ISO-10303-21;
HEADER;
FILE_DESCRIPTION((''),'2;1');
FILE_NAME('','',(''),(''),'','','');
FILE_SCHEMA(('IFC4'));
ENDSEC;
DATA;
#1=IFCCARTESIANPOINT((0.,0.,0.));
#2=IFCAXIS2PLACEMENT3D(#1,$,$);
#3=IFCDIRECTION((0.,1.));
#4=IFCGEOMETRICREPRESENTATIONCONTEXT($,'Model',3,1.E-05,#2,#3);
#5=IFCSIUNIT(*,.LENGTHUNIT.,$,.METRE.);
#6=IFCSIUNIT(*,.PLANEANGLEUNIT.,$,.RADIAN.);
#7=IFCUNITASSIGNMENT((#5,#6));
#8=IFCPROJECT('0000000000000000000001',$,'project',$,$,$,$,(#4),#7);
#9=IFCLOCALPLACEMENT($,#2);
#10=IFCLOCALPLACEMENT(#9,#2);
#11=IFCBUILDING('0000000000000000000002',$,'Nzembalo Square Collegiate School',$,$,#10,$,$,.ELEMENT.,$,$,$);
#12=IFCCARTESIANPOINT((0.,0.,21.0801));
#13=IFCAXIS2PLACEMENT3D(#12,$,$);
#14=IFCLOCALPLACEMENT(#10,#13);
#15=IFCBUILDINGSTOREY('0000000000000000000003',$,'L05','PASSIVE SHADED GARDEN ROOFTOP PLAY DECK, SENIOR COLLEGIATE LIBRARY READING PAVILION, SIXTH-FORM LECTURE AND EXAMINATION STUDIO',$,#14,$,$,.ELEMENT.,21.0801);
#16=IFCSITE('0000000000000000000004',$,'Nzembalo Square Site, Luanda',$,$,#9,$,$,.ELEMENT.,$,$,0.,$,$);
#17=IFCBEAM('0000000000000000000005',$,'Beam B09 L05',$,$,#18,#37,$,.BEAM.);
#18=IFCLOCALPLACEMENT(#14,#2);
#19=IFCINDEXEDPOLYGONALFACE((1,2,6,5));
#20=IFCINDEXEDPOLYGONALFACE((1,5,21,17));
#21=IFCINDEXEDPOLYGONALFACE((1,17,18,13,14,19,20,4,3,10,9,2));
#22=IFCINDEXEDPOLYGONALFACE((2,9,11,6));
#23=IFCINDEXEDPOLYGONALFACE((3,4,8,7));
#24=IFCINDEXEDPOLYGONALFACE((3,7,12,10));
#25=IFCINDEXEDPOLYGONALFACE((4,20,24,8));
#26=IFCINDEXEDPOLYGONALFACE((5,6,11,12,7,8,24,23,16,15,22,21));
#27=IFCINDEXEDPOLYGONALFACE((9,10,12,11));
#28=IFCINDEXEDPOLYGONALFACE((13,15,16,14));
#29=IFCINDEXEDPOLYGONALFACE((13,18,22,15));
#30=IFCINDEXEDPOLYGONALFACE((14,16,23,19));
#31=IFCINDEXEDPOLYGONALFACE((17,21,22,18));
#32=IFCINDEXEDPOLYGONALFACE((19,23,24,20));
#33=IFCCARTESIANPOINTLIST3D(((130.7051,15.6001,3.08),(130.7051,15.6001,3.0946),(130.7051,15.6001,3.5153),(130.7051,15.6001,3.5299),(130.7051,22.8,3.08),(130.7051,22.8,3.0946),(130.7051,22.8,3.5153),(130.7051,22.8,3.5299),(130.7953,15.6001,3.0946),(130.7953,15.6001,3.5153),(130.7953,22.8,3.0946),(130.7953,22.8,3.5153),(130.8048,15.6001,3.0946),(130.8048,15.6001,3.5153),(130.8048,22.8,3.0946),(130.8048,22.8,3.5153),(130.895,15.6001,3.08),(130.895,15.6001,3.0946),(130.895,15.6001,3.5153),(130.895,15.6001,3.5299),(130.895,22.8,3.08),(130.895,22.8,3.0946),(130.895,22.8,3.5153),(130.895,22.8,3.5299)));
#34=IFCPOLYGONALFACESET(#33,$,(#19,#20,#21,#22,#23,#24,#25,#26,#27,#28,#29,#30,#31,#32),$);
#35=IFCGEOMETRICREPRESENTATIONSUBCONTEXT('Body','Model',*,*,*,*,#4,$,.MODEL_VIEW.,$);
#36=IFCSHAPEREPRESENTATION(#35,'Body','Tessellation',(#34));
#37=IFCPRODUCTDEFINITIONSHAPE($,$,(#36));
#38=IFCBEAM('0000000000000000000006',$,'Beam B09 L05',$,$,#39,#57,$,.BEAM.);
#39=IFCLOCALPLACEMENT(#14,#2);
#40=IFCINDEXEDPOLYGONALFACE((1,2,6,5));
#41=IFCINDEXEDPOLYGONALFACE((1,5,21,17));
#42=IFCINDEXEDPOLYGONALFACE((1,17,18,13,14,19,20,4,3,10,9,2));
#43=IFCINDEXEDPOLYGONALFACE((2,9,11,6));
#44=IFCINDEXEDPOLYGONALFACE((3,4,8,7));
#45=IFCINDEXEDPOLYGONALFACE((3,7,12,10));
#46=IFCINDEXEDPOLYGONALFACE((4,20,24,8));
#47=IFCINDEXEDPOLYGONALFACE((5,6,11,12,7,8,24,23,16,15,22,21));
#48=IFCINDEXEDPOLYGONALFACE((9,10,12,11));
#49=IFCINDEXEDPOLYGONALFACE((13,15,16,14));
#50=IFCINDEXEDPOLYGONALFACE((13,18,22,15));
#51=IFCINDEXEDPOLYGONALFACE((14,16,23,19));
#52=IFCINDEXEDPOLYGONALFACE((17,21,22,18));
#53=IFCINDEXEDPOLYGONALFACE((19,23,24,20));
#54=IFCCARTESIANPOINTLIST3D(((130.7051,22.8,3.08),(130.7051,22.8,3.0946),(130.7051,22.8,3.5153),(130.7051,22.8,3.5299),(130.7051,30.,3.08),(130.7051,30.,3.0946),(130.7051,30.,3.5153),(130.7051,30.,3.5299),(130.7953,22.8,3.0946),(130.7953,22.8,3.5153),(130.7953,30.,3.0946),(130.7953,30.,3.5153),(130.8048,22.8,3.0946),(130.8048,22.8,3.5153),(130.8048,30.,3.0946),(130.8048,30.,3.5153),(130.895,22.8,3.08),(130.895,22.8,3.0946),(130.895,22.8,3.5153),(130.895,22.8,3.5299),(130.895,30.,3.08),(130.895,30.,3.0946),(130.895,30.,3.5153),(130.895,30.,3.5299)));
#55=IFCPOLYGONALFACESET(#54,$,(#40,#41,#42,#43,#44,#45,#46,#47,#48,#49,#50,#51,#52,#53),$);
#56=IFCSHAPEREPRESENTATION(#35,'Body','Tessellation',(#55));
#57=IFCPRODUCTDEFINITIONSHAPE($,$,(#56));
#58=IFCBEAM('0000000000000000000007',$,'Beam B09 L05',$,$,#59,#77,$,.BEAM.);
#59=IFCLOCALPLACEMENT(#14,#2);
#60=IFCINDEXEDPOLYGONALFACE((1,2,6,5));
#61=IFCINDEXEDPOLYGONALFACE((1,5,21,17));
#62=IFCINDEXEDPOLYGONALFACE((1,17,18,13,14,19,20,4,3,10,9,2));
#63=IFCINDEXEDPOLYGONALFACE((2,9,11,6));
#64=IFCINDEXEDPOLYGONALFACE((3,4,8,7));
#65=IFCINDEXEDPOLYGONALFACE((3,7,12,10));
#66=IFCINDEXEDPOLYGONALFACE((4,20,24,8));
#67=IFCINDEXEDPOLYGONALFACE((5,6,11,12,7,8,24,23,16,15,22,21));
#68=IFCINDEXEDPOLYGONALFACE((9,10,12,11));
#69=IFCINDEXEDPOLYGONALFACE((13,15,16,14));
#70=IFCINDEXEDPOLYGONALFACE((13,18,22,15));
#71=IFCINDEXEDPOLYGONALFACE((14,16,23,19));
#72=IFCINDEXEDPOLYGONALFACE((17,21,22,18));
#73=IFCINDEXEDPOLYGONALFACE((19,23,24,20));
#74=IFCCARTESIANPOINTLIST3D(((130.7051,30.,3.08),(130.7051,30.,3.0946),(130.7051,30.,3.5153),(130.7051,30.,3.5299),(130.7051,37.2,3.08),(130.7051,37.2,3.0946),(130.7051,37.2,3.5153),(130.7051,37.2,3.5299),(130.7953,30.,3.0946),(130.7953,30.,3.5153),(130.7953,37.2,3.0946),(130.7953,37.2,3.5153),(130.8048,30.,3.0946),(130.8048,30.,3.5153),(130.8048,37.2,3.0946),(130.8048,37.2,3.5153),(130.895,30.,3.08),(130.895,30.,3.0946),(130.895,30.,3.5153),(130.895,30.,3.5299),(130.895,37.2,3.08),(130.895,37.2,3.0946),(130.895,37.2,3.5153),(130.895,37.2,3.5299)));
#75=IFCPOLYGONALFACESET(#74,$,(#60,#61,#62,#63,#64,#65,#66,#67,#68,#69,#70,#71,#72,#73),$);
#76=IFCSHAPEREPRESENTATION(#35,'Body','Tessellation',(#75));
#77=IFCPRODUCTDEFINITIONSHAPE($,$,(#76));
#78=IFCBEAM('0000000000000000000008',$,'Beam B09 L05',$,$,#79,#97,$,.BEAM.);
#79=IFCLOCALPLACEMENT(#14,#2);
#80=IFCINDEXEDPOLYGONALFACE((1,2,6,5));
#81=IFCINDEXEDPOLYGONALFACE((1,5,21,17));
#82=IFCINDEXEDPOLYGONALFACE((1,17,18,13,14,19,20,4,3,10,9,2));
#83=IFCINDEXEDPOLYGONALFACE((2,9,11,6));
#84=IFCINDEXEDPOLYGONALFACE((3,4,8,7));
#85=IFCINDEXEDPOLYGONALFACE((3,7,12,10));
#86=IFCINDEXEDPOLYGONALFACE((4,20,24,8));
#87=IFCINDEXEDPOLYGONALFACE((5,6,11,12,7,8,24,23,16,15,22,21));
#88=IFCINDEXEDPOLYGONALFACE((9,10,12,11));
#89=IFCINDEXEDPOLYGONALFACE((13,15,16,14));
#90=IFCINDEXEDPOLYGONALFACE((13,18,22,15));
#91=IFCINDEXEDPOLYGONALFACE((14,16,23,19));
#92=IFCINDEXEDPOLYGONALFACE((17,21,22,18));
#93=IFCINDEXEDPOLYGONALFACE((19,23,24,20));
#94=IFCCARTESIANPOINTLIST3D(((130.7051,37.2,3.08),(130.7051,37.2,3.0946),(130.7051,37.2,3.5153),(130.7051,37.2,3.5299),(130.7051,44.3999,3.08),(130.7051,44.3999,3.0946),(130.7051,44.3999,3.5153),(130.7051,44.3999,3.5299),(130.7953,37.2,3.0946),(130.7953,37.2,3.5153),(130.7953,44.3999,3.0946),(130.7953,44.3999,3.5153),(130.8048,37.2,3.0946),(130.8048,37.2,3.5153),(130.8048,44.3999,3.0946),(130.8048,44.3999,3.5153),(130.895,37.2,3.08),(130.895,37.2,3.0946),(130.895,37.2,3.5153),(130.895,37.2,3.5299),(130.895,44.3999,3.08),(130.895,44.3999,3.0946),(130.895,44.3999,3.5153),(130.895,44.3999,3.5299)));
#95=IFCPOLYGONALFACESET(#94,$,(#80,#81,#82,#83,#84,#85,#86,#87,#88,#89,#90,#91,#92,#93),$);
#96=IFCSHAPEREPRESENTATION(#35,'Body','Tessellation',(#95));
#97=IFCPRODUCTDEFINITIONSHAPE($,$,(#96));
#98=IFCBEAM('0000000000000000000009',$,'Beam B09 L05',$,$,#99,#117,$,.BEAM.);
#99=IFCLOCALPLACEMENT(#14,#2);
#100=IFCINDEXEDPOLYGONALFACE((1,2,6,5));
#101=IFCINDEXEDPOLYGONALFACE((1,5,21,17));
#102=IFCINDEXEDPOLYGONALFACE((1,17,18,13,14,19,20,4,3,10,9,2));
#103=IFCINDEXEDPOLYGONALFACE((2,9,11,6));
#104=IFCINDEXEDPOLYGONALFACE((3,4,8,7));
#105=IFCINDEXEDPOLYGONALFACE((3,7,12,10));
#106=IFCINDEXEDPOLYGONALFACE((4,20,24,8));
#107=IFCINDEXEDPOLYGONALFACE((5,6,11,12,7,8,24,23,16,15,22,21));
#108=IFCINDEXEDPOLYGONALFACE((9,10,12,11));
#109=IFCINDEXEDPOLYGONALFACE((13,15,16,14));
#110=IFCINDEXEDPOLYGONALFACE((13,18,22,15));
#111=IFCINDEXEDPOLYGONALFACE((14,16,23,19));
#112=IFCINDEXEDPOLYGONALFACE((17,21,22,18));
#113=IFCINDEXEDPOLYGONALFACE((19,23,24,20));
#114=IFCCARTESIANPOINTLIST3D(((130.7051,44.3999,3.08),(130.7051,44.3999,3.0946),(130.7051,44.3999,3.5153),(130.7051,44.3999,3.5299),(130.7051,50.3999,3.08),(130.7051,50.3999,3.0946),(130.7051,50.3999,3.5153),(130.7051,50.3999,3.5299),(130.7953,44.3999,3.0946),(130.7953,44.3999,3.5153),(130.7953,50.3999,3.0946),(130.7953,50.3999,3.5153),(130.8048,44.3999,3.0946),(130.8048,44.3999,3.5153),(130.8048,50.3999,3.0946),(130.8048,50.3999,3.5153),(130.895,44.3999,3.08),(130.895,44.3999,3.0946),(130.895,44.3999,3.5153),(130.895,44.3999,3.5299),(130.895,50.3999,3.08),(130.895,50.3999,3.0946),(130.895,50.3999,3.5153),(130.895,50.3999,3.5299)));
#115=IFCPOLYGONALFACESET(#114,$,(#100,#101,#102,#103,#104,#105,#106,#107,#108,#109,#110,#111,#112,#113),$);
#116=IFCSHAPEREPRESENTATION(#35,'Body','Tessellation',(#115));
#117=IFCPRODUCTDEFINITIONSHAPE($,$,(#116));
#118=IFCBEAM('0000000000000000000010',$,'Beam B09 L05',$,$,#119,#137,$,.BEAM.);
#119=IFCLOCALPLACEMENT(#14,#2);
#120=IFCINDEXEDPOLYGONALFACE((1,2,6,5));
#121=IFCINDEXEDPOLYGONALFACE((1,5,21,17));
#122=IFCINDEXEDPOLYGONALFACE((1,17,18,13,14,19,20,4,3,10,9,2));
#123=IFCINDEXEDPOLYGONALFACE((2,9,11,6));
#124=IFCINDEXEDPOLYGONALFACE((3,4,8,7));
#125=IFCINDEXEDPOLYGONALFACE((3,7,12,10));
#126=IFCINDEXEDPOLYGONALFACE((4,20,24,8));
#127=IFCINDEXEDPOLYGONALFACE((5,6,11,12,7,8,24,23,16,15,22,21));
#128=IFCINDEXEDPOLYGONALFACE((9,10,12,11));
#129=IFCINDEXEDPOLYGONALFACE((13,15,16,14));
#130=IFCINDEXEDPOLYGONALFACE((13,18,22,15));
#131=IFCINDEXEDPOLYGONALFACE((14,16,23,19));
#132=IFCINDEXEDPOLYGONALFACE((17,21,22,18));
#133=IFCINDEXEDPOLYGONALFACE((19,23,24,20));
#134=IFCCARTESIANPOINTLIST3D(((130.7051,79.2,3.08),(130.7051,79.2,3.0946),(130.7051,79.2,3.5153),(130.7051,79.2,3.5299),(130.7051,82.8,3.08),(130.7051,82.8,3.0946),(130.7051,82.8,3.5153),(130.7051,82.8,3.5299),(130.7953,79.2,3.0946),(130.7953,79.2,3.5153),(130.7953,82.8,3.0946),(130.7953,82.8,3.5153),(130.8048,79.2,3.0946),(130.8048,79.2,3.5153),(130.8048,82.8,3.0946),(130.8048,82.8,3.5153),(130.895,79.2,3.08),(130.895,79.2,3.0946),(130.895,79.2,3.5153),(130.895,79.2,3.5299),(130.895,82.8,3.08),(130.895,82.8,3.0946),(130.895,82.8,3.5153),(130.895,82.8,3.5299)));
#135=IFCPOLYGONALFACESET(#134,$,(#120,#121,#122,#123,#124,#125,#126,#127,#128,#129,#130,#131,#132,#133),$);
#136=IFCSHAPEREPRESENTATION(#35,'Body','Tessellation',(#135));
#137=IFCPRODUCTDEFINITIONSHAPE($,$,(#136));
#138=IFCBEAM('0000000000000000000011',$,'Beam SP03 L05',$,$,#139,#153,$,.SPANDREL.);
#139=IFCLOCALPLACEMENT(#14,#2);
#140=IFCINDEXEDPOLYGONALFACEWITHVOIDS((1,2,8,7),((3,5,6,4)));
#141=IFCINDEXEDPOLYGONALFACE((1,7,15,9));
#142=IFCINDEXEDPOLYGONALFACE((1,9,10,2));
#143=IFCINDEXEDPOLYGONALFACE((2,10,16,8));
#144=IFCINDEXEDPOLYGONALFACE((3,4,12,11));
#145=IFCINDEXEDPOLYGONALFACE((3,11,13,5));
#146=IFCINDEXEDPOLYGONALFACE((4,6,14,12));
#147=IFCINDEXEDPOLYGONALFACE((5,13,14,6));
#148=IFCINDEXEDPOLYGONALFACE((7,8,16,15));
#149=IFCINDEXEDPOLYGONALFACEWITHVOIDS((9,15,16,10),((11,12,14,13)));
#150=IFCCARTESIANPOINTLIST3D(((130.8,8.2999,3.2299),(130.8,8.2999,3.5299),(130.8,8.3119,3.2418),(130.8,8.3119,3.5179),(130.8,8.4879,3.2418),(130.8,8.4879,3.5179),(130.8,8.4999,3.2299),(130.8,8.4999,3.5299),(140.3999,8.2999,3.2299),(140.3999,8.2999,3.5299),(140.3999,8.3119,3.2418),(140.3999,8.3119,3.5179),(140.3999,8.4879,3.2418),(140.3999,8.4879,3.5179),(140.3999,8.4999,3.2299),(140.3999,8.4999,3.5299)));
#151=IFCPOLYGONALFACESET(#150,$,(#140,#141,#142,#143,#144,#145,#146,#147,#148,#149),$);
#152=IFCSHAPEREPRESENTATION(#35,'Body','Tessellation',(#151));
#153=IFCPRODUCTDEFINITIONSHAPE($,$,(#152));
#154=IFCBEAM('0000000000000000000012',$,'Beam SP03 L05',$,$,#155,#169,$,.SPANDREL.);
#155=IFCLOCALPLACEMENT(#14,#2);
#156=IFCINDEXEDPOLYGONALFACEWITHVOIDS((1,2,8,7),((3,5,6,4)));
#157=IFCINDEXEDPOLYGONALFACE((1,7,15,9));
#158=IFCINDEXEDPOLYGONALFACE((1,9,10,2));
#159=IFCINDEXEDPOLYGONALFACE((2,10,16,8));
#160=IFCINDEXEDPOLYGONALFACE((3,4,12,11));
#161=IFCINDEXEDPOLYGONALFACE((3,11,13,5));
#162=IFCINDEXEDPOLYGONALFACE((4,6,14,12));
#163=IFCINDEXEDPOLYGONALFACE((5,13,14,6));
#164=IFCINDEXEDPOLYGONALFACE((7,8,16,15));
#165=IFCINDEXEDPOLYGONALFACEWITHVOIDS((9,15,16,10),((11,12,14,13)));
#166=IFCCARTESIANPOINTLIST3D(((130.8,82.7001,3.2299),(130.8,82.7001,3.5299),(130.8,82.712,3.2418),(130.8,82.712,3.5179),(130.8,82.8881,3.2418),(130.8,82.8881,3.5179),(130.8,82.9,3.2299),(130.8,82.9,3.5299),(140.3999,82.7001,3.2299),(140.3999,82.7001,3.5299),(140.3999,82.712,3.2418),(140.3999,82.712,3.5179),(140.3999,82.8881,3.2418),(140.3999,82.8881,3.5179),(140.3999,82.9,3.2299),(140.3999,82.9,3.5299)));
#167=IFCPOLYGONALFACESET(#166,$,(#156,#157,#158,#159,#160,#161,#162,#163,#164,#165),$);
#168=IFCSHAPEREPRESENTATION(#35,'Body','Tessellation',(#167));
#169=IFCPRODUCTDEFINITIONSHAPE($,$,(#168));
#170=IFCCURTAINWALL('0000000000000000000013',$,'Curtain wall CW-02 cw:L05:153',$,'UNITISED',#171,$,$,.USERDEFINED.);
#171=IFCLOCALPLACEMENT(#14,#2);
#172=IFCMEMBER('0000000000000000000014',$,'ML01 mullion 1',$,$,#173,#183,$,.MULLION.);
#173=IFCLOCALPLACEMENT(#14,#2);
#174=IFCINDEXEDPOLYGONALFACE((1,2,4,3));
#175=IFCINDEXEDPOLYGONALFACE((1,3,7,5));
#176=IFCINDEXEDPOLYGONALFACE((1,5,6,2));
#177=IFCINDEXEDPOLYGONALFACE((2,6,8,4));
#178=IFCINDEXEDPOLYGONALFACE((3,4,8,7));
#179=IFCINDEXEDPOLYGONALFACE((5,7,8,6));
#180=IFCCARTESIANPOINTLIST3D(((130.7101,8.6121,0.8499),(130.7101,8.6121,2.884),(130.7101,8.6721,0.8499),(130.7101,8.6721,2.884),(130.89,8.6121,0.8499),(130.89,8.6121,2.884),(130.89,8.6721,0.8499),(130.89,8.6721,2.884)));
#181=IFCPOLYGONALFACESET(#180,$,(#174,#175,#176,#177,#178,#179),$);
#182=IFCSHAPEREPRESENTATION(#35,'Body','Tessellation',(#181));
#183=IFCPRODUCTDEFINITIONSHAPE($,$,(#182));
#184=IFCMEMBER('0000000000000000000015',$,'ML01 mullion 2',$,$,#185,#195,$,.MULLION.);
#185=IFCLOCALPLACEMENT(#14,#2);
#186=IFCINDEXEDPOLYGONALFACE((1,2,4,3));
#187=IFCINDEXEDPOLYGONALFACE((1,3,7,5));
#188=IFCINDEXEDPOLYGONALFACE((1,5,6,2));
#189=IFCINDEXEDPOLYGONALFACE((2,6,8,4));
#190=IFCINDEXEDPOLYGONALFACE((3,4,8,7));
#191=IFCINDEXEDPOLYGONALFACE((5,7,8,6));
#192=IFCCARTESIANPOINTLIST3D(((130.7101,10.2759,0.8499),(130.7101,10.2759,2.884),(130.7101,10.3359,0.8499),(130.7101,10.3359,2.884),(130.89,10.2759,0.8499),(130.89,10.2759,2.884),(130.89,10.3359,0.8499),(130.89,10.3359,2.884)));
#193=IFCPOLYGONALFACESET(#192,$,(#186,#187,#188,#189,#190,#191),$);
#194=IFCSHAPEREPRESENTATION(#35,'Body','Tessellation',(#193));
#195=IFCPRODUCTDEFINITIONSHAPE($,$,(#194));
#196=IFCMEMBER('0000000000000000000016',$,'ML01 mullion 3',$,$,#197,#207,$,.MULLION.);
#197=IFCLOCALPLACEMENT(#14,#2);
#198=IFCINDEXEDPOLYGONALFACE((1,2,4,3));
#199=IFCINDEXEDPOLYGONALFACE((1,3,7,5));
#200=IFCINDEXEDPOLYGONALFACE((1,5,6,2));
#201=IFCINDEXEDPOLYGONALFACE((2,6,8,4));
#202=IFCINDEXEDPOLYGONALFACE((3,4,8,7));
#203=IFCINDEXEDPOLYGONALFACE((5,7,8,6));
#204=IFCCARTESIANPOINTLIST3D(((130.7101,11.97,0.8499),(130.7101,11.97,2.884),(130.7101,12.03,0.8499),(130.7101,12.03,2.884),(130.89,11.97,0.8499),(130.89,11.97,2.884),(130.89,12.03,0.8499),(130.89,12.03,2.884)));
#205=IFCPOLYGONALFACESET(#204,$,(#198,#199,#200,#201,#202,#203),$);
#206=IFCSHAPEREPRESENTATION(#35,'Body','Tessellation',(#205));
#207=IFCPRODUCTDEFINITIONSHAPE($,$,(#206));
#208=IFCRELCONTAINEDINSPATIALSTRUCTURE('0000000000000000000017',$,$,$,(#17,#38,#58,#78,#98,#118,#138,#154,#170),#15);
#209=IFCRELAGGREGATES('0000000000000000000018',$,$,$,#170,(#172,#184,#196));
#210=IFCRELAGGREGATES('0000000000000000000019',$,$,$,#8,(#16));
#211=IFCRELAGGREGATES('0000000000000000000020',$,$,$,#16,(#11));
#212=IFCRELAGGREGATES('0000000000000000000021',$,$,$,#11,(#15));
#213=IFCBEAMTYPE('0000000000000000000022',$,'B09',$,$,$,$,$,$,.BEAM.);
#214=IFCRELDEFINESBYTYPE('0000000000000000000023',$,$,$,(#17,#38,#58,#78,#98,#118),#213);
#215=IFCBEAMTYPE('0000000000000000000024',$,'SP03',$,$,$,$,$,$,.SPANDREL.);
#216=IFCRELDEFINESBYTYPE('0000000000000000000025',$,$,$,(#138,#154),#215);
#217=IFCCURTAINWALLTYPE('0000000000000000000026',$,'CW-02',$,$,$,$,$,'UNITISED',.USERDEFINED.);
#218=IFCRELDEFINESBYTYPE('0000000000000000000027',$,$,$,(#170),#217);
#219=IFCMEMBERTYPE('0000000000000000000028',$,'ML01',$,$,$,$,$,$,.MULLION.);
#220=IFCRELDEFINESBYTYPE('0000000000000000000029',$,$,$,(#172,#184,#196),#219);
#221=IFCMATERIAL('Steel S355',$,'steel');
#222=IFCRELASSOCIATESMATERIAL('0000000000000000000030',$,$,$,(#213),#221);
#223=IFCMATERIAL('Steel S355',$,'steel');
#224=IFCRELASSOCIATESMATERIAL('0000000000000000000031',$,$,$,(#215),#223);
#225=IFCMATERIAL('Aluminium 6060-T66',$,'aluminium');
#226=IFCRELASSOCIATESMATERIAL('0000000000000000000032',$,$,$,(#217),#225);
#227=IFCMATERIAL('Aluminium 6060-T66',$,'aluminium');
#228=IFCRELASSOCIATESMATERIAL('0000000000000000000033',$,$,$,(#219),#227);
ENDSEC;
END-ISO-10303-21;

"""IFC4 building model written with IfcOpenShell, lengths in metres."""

from ifc_helpers import new_model, si_unit, direction, frame, origin, origin_2d, place, context, subcontext, project, spatial, rectangle, hollow_rectangle, i_section, extrude, material, material_profile, profile_set, type_object, element, aggregate, save


model = new_model("IFC4")

# Units and contexts
model_context = context("Model", 3, precision=1e-05, world=origin(), true_north=direction((0.0, 1.0)))
body_context = subcontext(model_context, "Body", "Model", "MODEL_VIEW")
ifc_project = project(units=[si_unit("LENGTHUNIT", "METRE"), si_unit("PLANEANGLEUNIT", "RADIAN")], contexts=[model_context])

# Site, building, storey
site_placement = place(None, origin())
site = spatial("IfcSite", under=ifc_project, at=site_placement, Name="Nzembalo Square Site, Luanda", CompositionType="ELEMENT", RefElevation=0.0)
building_placement = place(site_placement, origin())
building = spatial("IfcBuilding", under=site, at=building_placement, Name="Nzembalo Square Collegiate School", CompositionType="ELEMENT")
storey_placement = place(building_placement, frame((0.0, 0.0, 21.0801)))
storey = spatial("IfcBuildingStorey", under=building, at=storey_placement, Name="L05", Description="PASSIVE SHADED GARDEN ROOFTOP PLAY DECK, SENIOR COLLEGIATE LIBRARY READING PAVILION, SIXTH-FORM LECTURE AND EXAMINATION STUDIO", CompositionType="ELEMENT", Elevation=21.0801)

# Beams
ifc_material_1 = material(Name="Steel S355", Category="steel")
ifc_material_profile_1 = material_profile(ifc_material_1, i_section(OverallWidth=0.1899, OverallDepth=0.45, WebThickness=0.0095, FlangeThickness=0.0146, at=origin_2d()), Name="IPE 450")
ifc_profile_set_1 = profile_set([ifc_material_profile_1], Name="Steel S355")
beam_type_1 = type_object("IfcBeamType", Name="B09", PredefinedType="BEAM", material=ifc_profile_set_1)
for number, where, z_axis, x_axis, name in (
    (1, (130.8, 15.6001, 3.3049), (0.0, 1.0, 0.0), (-1.0, 0.0, 0.0), "Beam B09 L05"),
    (2, (130.8, 22.8, 3.3049), (0.0, 1.0, 0.0), (-1.0, 0.0, 0.0), "Beam B09 L05"),
    (3, (130.8, 30.0, 3.3049), (0.0, 1.0, 0.0), (-1.0, 0.0, 0.0), "Beam B09 L05"),
    (4, (130.8, 37.2, 3.3049), (0.0, 1.0, 0.0), (-1.0, 0.0, 0.0), "Beam B09 L05"),
):
    element("IfcBeam", number, at=place(storey_placement, frame(where, z_axis=z_axis, x_axis=x_axis)), inside=storey, type_object=beam_type_1, Name=name, PredefinedType="BEAM", context=body_context, shape_type="SweptSolid", body=[
        extrude(i_section(OverallWidth=0.1899, OverallDepth=0.45, WebThickness=0.0095, FlangeThickness=0.0146, at=origin_2d()), origin(), (0.0, 0.0, 1.0), 7.2),
    ])
beam_1_placement = place(storey_placement, frame((130.8, 44.3999, 3.3049), z_axis=(0.0, 1.0, 0.0), x_axis=(-1.0, 0.0, 0.0)))
element("IfcBeam", 5, at=beam_1_placement, inside=storey, type_object=beam_type_1, Name="Beam B09 L05", PredefinedType="BEAM", context=body_context, shape_type="SweptSolid", body=[
    extrude(i_section(OverallWidth=0.1899, OverallDepth=0.45, WebThickness=0.0095, FlangeThickness=0.0146, at=origin_2d()), origin(), (0.0, 0.0, 1.0), 6.0),
])
beam_2_placement = place(storey_placement, frame((130.8, 79.2, 3.3049), z_axis=(0.0, 1.0, 0.0), x_axis=(-1.0, 0.0, 0.0)))
element("IfcBeam", 6, at=beam_2_placement, inside=storey, type_object=beam_type_1, Name="Beam B09 L05", PredefinedType="BEAM", context=body_context, shape_type="SweptSolid", body=[
    extrude(i_section(OverallWidth=0.1899, OverallDepth=0.45, WebThickness=0.0095, FlangeThickness=0.0146, at=origin_2d()), origin(), (0.0, 0.0, 1.0), 3.6001),
])
ifc_material_2 = material(Name="Steel S355", Category="steel")
ifc_material_profile_2 = material_profile(ifc_material_2, hollow_rectangle(XDim=0.2, YDim=0.3, WallThickness=0.012, at=origin_2d()), Name="RHS 300x200x12")
ifc_profile_set_2 = profile_set([ifc_material_profile_2], Name="Steel S355")
beam_type_2 = type_object("IfcBeamType", Name="SP03", PredefinedType="SPANDREL", material=ifc_profile_set_2)
for number, where, z_axis, x_axis, name in (
    (7, (130.8, 8.3999, 3.3799), (1.0, 0.0, 0.0), (0.0, 1.0, 0.0), "Beam SP03 L05"),
    (8, (130.8, 82.8, 3.3799), (1.0, 0.0, 0.0), (0.0, 1.0, 0.0), "Beam SP03 L05"),
):
    element("IfcBeam", number, at=place(storey_placement, frame(where, z_axis=z_axis, x_axis=x_axis)), inside=storey, type_object=beam_type_2, Name=name, PredefinedType="SPANDREL", context=body_context, shape_type="SweptSolid", body=[
        extrude(hollow_rectangle(XDim=0.2, YDim=0.3, WallThickness=0.012, at=origin_2d()), origin(), (0.0, 0.0, 1.0), 9.5999),
    ])

# Curtain wall, members
ifc_material_3 = material(Name="Aluminium 6060-T66", Category="aluminium")
curtain_wall_type = type_object("IfcCurtainWallType", Name="CW-02", ElementType="UNITISED", PredefinedType="USERDEFINED", material=ifc_material_3)
curtain_wall_placement = place(storey_placement, origin())
curtain_wall = element("IfcCurtainWall", 9, at=curtain_wall_placement, inside=storey, type_object=curtain_wall_type, Name="Curtain wall CW-02 cw:L05:153", ObjectType="UNITISED", PredefinedType="USERDEFINED")
ifc_material_4 = material(Name="Aluminium 6060-T66", Category="aluminium")
ifc_material_profile_3 = material_profile(ifc_material_4, rectangle(XDim=0.0601, YDim=0.1799, at=origin_2d()), Name="ALU M60x180")
ifc_profile_set_3 = profile_set([ifc_material_profile_3], Name="Aluminium 6060-T66")
member_type = type_object("IfcMemberType", Name="ML01", PredefinedType="MULLION", material=ifc_profile_set_3)
member_1_placement = place(storey_placement, frame((130.8, 8.6421, 0.8499), z_axis=(0.0, 0.0, 1.0), x_axis=(0.0, 1.0, 0.0)))
member_1 = element("IfcMember", 10, at=member_1_placement, type_object=member_type, Name="ML01 mullion 1", PredefinedType="MULLION", context=body_context, shape_type="SweptSolid", body=[
    extrude(rectangle(XDim=0.0601, YDim=0.1799, at=origin_2d()), origin(), (0.0, 0.0, 1.0), 2.0342),
])
member_2_placement = place(storey_placement, frame((130.8, 10.3059, 0.8499), z_axis=(0.0, 0.0, 1.0), x_axis=(0.0, 1.0, 0.0)))
member_2 = element("IfcMember", 11, at=member_2_placement, type_object=member_type, Name="ML01 mullion 2", PredefinedType="MULLION", context=body_context, shape_type="SweptSolid", body=[
    extrude(rectangle(XDim=0.0601, YDim=0.1799, at=origin_2d()), origin(), (0.0, 0.0, 1.0), 2.0342),
])
member_3_placement = place(storey_placement, frame((130.8, 12.0, 0.8499), z_axis=(0.0, 0.0, 1.0), x_axis=(0.0, 1.0, 0.0)))
member_3 = element("IfcMember", 12, at=member_3_placement, type_object=member_type, Name="ML01 mullion 3", PredefinedType="MULLION", context=body_context, shape_type="SweptSolid", body=[
    extrude(rectangle(XDim=0.0601, YDim=0.1799, at=origin_2d()), origin(), (0.0, 0.0, 1.0), 2.0342),
])
aggregate(curtain_wall, [member_1, member_2, member_3])

save(model, "model.ifc")
